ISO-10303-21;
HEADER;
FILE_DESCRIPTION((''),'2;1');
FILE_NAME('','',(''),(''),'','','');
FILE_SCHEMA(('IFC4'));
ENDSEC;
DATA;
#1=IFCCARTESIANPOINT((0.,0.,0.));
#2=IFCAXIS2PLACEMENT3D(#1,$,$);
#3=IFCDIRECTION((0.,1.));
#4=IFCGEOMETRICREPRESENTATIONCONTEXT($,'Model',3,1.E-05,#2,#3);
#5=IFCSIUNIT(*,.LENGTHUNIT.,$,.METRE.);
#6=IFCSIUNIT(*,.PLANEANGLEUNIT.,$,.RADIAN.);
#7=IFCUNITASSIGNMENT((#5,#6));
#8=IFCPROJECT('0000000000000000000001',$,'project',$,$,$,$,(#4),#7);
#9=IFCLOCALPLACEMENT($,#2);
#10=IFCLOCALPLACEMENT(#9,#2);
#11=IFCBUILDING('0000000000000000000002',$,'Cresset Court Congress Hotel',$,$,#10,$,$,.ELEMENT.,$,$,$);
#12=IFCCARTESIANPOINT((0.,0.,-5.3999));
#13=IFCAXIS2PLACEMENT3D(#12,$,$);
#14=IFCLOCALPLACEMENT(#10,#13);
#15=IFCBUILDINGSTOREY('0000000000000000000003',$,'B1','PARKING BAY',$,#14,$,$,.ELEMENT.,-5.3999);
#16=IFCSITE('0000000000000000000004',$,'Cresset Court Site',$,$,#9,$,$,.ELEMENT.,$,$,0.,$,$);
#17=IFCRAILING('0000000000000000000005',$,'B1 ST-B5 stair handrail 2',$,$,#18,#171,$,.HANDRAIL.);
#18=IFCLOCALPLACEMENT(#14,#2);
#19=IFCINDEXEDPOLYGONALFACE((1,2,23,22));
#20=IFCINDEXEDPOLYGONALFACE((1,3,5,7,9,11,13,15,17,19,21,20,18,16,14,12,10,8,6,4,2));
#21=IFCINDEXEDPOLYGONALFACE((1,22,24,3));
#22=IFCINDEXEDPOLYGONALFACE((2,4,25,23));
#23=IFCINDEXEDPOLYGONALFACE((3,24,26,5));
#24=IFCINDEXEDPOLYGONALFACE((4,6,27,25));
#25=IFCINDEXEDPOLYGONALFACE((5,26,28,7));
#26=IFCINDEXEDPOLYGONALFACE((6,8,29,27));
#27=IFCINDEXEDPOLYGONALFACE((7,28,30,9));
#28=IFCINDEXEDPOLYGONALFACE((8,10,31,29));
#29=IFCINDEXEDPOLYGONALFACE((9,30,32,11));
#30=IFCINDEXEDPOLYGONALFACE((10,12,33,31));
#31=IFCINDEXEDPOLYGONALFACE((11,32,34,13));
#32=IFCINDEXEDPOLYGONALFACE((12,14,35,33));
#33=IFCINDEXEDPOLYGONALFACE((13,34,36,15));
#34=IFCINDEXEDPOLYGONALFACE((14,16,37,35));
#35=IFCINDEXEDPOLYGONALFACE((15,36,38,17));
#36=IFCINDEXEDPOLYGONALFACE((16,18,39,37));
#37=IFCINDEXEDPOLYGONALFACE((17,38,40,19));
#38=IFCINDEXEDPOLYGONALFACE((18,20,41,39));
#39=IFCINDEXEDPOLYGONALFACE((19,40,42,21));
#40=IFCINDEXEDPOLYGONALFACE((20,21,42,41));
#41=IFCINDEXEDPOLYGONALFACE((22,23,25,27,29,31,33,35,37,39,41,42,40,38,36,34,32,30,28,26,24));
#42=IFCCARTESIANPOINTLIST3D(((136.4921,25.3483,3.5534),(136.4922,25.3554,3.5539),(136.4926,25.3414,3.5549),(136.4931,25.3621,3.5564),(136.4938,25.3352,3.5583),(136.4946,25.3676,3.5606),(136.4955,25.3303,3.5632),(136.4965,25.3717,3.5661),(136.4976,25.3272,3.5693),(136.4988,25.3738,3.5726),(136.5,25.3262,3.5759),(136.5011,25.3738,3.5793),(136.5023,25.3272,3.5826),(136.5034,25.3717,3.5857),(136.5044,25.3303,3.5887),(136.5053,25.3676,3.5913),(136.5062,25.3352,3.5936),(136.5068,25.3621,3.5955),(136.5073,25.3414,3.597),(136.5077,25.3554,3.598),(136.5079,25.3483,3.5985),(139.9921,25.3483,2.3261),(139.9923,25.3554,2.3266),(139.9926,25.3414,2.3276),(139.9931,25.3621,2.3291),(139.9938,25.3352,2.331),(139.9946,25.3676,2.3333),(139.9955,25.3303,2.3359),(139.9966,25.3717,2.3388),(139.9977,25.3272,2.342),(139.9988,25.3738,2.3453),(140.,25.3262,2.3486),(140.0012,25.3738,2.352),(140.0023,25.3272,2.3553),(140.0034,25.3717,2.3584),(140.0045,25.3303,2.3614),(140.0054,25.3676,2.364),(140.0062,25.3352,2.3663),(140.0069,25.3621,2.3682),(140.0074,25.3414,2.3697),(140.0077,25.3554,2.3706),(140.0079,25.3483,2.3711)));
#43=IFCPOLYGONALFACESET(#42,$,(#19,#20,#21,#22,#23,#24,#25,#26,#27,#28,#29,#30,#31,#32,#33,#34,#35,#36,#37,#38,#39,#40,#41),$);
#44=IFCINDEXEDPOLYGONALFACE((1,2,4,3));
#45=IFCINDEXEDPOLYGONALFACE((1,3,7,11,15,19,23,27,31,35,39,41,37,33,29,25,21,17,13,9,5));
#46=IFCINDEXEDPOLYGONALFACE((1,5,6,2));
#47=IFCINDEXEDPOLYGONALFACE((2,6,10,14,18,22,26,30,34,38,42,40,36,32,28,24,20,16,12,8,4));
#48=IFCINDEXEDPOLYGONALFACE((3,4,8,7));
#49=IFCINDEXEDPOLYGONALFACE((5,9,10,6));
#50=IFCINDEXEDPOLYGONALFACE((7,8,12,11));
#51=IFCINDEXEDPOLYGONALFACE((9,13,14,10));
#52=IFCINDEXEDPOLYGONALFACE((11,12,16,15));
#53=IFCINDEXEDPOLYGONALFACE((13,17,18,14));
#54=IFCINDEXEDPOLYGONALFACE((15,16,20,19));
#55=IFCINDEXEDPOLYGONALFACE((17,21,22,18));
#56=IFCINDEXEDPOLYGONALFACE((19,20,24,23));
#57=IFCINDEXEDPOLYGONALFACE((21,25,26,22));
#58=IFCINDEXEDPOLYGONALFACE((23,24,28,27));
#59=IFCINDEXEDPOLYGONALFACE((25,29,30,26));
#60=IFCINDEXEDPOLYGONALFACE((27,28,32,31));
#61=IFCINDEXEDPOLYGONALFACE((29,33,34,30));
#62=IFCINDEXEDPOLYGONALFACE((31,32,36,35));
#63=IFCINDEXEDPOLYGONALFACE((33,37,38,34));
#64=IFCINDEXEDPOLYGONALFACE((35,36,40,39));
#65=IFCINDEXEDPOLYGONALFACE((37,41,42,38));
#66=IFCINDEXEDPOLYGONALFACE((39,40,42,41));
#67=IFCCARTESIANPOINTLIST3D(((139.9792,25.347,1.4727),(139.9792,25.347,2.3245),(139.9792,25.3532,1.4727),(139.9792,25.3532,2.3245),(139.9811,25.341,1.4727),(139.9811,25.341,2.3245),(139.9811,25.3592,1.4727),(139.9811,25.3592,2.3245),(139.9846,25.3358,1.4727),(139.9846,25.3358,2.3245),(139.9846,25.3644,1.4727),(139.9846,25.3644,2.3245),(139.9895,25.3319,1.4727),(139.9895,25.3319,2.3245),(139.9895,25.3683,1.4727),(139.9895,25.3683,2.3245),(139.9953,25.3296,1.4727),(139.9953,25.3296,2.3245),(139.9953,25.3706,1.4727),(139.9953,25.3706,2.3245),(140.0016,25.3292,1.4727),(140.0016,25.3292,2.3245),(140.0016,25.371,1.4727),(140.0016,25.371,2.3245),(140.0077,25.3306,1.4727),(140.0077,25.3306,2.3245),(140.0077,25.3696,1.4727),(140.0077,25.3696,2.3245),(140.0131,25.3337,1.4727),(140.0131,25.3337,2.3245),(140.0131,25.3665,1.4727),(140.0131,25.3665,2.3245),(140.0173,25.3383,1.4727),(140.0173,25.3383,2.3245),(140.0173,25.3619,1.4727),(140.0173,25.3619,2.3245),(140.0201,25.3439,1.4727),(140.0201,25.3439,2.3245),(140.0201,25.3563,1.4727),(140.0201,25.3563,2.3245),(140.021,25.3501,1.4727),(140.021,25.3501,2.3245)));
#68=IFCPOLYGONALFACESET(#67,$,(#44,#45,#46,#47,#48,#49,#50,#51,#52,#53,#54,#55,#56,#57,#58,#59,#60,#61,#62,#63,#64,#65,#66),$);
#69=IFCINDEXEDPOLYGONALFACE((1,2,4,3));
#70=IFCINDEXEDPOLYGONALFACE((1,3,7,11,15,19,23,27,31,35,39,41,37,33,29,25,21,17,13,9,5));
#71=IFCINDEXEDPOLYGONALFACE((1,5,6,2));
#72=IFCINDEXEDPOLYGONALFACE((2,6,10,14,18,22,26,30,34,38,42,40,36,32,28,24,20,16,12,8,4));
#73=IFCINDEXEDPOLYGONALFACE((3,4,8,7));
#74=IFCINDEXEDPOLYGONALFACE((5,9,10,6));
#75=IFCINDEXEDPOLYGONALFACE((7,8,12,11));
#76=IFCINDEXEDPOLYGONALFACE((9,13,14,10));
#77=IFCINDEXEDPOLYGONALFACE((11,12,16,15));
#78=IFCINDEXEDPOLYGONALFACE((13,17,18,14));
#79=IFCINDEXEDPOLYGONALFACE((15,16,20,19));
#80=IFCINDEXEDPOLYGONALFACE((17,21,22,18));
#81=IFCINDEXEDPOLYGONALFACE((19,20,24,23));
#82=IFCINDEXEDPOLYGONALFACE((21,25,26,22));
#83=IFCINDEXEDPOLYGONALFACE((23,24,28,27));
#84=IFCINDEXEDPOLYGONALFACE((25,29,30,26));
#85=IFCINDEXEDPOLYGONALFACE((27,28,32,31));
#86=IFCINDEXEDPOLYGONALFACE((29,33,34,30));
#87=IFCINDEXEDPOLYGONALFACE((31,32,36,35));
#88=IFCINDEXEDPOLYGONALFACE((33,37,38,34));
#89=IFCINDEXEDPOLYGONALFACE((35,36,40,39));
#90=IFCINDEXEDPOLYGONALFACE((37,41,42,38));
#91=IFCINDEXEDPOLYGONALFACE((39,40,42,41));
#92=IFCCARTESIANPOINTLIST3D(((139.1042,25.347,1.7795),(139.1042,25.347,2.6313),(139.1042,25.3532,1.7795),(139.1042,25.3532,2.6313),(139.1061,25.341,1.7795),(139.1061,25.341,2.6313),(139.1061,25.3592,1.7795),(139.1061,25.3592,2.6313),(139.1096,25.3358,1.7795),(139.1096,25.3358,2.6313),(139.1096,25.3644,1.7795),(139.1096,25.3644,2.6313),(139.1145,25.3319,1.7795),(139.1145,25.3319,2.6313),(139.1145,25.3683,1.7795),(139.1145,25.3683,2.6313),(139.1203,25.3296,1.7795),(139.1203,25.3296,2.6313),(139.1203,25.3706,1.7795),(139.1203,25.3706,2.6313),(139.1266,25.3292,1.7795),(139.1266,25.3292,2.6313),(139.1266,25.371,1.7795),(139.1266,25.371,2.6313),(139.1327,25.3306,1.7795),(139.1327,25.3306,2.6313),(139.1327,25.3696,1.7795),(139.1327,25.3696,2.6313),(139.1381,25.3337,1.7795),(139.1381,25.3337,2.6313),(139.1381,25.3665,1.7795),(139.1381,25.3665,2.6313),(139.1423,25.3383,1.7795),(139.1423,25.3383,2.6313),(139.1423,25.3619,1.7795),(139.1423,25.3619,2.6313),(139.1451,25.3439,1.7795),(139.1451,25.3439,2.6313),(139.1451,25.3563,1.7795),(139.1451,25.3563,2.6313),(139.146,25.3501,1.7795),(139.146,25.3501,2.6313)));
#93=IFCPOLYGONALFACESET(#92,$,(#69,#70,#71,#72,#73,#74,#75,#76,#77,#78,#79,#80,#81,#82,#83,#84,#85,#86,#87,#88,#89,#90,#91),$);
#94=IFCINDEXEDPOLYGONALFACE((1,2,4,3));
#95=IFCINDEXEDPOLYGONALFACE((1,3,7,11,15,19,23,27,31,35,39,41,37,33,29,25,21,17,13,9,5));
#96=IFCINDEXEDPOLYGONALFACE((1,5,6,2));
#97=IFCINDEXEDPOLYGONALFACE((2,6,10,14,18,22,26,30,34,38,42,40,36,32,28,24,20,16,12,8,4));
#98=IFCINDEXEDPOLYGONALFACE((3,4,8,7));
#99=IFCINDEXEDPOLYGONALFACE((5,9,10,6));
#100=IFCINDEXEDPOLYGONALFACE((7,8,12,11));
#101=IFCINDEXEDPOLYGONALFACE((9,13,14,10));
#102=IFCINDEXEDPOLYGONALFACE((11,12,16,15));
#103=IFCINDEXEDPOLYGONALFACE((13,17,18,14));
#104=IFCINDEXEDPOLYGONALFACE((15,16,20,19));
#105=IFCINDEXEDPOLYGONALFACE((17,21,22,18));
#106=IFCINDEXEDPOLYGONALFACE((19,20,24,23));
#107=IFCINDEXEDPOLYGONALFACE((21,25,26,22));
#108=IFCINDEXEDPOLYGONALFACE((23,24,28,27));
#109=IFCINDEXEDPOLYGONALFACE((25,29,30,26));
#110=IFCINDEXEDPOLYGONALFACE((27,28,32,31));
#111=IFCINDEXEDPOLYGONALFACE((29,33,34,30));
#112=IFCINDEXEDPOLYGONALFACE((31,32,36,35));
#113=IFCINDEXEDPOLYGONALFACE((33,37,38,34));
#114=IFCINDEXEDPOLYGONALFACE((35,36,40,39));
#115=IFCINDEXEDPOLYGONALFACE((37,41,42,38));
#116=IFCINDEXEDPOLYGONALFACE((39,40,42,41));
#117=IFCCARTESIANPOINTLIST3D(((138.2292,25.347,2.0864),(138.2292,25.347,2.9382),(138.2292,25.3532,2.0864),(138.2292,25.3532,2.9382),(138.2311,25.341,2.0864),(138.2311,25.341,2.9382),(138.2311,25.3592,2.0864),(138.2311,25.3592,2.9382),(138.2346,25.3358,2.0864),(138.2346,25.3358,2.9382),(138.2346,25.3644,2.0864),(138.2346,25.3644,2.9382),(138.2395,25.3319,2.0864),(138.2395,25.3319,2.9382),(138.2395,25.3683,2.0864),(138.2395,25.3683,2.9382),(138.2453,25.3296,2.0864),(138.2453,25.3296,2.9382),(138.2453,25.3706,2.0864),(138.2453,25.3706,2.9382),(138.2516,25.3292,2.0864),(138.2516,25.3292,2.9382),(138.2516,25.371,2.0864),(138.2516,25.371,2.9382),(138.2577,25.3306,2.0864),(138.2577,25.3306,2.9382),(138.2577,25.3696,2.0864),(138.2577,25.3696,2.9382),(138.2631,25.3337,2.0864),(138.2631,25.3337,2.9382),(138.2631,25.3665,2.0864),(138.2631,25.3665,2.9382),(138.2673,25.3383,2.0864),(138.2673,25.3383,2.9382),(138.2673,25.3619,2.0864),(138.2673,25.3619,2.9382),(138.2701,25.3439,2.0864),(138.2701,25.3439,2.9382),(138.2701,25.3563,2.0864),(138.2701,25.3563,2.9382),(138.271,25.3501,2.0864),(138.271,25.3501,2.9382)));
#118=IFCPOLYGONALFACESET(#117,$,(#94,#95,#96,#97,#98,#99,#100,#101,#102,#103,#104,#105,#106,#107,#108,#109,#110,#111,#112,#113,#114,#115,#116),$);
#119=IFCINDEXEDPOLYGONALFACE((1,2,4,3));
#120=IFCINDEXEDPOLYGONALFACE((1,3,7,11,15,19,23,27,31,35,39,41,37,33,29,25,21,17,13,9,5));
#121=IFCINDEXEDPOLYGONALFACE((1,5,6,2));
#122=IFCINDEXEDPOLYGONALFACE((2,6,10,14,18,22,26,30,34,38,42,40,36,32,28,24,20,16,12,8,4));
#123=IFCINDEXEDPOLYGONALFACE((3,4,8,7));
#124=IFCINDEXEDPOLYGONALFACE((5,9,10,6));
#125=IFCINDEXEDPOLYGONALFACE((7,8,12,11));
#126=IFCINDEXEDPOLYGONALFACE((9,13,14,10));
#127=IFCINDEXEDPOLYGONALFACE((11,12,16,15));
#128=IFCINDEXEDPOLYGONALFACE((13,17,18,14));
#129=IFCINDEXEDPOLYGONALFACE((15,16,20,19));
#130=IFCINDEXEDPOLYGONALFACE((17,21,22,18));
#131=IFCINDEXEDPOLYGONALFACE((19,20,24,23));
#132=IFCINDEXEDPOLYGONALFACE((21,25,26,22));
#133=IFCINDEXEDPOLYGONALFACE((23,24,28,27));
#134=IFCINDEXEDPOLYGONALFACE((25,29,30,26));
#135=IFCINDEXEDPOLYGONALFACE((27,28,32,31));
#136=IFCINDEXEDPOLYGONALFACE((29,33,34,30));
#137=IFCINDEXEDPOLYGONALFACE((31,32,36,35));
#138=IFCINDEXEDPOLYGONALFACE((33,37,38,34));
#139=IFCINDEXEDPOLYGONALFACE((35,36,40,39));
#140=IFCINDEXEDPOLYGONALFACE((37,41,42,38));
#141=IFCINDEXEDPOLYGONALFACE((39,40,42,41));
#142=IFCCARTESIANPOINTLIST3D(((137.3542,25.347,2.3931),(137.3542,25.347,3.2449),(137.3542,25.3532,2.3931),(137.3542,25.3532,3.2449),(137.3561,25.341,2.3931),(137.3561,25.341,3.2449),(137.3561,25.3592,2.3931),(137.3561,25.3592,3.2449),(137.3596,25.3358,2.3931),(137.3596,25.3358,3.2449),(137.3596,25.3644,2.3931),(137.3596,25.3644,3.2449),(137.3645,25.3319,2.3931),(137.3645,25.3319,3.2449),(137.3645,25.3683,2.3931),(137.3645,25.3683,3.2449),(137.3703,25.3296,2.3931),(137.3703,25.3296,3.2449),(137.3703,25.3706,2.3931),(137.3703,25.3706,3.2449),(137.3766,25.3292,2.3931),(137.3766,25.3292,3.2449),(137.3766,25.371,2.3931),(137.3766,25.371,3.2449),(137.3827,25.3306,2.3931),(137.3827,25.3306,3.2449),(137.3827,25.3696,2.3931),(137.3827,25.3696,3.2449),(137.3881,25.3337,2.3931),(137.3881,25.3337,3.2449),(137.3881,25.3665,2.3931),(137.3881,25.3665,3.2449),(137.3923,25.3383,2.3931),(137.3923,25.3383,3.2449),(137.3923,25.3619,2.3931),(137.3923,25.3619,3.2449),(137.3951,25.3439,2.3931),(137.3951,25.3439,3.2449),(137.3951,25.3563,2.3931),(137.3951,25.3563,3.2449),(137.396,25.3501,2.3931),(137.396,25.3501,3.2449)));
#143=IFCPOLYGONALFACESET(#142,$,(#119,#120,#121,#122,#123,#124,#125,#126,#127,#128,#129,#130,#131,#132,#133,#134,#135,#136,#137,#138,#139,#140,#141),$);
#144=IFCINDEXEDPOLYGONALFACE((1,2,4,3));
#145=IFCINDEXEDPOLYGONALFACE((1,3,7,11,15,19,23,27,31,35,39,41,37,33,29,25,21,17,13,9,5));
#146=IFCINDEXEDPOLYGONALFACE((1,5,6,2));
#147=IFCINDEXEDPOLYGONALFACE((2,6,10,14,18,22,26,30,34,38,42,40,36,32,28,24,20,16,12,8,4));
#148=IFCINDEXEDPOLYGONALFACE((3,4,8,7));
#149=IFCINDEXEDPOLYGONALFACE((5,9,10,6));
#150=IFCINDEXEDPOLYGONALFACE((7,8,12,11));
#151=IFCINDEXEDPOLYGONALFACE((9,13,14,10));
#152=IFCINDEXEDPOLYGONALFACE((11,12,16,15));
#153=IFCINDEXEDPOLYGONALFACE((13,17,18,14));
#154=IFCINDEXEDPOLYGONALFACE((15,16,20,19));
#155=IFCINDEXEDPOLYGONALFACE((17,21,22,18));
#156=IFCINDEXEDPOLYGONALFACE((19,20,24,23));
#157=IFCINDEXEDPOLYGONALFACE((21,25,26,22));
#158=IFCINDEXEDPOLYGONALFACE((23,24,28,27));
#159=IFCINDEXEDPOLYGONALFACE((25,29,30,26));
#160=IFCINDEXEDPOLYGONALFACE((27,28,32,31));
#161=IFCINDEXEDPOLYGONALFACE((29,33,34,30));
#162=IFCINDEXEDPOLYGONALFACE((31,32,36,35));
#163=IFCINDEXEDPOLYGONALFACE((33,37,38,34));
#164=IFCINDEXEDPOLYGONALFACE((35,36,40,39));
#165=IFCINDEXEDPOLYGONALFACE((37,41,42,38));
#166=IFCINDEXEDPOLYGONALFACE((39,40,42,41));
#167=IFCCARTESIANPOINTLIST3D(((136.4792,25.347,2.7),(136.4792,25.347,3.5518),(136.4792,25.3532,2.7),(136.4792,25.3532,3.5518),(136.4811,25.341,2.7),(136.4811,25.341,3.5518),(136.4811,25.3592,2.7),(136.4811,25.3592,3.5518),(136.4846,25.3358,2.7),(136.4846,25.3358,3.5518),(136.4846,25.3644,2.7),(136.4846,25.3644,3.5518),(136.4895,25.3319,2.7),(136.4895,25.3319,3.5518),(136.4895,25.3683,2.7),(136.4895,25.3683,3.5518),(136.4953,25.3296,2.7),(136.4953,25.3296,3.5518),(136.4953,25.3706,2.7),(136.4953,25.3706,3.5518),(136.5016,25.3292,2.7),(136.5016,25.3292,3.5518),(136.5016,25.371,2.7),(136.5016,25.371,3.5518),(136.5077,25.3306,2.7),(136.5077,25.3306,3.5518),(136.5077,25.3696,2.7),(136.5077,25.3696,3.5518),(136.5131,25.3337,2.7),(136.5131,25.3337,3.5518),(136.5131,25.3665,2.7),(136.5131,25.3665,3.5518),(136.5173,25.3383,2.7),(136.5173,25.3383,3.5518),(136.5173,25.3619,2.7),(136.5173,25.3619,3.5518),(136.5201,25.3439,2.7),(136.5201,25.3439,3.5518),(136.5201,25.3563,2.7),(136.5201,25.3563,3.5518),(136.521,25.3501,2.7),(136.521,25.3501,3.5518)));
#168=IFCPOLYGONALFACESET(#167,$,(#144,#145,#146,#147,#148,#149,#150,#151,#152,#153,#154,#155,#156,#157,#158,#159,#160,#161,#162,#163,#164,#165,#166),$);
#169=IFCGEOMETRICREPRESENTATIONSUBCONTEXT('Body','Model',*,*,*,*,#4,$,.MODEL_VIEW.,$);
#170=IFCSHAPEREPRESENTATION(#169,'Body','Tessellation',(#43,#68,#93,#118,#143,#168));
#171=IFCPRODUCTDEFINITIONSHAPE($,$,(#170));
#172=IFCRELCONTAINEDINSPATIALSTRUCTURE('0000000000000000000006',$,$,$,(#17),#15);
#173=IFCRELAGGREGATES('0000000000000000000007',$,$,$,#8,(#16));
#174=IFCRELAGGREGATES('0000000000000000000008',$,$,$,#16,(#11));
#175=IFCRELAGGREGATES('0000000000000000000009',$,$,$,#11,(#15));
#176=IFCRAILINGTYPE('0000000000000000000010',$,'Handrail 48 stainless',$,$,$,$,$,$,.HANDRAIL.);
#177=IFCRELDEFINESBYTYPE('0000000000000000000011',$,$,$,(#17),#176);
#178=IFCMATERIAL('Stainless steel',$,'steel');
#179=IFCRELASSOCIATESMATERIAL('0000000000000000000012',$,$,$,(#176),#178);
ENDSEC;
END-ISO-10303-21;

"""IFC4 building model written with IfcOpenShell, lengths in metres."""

from ifc_helpers import new_model, si_unit, direction, frame, origin, origin_2d, place, context, subcontext, project, spatial, circle, extrude, material, type_object, element, save


model = new_model("IFC4")

# Units and contexts
model_context = context("Model", 3, precision=1e-05, world=origin(), true_north=direction((0.0, 1.0)))
body_context = subcontext(model_context, "Body", "Model", "MODEL_VIEW")
ifc_project = project(units=[si_unit("LENGTHUNIT", "METRE"), si_unit("PLANEANGLEUNIT", "RADIAN")], contexts=[model_context])

# Site, building, storey
site_placement = place(None, origin())
site = spatial("IfcSite", under=ifc_project, at=site_placement, Name="Cresset Court Site", CompositionType="ELEMENT", RefElevation=0.0)
building_placement = place(site_placement, origin())
building = spatial("IfcBuilding", under=site, at=building_placement, Name="Cresset Court Congress Hotel", CompositionType="ELEMENT")
storey_placement = place(building_placement, frame((0.0, 0.0, -5.3999)))
storey = spatial("IfcBuildingStorey", under=building, at=storey_placement, Name="B1", Description="PARKING BAY", CompositionType="ELEMENT", Elevation=-5.3999)

# Railing
ifc_material_1 = material(Name="Stainless steel", Category="steel")
railing_type_1 = type_object("IfcRailingType", Name="Handrail 48 stainless", PredefinedType="HANDRAIL", material=ifc_material_1)
railing_1_placement = place(storey_placement, frame((140.0, 25.3501, 1.4727)))
element("IfcRailing", 1, at=railing_1_placement, inside=storey, type_object=railing_type_1, Name="B1 ST-B5 stair handrail 2", PredefinedType="HANDRAIL", context=body_context, shape_type="SweptSolid", body=[
    extrude(circle(Radius=0.0239, at=origin_2d()), frame((0.0, 0.0, 0.876), z_axis=(-0.943665, 0.0, 0.330902), x_axis=(0.0, -1.0, 0.0)), (0.0, 0.0, 1.0), 3.709),
    extrude(circle(Radius=0.021, at=origin_2d()), origin(), (0.0, 0.0, 1.0), 0.8518),
    extrude(circle(Radius=0.021, at=origin_2d()), frame((-0.875, 0.0, 0.3069)), (0.0, 0.0, 1.0), 0.8518),
    extrude(circle(Radius=0.021, at=origin_2d()), frame((-1.75, 0.0, 0.6138)), (0.0, 0.0, 1.0), 0.8518),
    extrude(circle(Radius=0.021, at=origin_2d()), frame((-2.625, 0.0, 0.9204)), (0.0, 0.0, 1.0), 0.8518),
    extrude(circle(Radius=0.021, at=origin_2d()), frame((-3.5, 0.0, 1.2273)), (0.0, 0.0, 1.0), 0.8518),
])

save(model, "model.ifc")
